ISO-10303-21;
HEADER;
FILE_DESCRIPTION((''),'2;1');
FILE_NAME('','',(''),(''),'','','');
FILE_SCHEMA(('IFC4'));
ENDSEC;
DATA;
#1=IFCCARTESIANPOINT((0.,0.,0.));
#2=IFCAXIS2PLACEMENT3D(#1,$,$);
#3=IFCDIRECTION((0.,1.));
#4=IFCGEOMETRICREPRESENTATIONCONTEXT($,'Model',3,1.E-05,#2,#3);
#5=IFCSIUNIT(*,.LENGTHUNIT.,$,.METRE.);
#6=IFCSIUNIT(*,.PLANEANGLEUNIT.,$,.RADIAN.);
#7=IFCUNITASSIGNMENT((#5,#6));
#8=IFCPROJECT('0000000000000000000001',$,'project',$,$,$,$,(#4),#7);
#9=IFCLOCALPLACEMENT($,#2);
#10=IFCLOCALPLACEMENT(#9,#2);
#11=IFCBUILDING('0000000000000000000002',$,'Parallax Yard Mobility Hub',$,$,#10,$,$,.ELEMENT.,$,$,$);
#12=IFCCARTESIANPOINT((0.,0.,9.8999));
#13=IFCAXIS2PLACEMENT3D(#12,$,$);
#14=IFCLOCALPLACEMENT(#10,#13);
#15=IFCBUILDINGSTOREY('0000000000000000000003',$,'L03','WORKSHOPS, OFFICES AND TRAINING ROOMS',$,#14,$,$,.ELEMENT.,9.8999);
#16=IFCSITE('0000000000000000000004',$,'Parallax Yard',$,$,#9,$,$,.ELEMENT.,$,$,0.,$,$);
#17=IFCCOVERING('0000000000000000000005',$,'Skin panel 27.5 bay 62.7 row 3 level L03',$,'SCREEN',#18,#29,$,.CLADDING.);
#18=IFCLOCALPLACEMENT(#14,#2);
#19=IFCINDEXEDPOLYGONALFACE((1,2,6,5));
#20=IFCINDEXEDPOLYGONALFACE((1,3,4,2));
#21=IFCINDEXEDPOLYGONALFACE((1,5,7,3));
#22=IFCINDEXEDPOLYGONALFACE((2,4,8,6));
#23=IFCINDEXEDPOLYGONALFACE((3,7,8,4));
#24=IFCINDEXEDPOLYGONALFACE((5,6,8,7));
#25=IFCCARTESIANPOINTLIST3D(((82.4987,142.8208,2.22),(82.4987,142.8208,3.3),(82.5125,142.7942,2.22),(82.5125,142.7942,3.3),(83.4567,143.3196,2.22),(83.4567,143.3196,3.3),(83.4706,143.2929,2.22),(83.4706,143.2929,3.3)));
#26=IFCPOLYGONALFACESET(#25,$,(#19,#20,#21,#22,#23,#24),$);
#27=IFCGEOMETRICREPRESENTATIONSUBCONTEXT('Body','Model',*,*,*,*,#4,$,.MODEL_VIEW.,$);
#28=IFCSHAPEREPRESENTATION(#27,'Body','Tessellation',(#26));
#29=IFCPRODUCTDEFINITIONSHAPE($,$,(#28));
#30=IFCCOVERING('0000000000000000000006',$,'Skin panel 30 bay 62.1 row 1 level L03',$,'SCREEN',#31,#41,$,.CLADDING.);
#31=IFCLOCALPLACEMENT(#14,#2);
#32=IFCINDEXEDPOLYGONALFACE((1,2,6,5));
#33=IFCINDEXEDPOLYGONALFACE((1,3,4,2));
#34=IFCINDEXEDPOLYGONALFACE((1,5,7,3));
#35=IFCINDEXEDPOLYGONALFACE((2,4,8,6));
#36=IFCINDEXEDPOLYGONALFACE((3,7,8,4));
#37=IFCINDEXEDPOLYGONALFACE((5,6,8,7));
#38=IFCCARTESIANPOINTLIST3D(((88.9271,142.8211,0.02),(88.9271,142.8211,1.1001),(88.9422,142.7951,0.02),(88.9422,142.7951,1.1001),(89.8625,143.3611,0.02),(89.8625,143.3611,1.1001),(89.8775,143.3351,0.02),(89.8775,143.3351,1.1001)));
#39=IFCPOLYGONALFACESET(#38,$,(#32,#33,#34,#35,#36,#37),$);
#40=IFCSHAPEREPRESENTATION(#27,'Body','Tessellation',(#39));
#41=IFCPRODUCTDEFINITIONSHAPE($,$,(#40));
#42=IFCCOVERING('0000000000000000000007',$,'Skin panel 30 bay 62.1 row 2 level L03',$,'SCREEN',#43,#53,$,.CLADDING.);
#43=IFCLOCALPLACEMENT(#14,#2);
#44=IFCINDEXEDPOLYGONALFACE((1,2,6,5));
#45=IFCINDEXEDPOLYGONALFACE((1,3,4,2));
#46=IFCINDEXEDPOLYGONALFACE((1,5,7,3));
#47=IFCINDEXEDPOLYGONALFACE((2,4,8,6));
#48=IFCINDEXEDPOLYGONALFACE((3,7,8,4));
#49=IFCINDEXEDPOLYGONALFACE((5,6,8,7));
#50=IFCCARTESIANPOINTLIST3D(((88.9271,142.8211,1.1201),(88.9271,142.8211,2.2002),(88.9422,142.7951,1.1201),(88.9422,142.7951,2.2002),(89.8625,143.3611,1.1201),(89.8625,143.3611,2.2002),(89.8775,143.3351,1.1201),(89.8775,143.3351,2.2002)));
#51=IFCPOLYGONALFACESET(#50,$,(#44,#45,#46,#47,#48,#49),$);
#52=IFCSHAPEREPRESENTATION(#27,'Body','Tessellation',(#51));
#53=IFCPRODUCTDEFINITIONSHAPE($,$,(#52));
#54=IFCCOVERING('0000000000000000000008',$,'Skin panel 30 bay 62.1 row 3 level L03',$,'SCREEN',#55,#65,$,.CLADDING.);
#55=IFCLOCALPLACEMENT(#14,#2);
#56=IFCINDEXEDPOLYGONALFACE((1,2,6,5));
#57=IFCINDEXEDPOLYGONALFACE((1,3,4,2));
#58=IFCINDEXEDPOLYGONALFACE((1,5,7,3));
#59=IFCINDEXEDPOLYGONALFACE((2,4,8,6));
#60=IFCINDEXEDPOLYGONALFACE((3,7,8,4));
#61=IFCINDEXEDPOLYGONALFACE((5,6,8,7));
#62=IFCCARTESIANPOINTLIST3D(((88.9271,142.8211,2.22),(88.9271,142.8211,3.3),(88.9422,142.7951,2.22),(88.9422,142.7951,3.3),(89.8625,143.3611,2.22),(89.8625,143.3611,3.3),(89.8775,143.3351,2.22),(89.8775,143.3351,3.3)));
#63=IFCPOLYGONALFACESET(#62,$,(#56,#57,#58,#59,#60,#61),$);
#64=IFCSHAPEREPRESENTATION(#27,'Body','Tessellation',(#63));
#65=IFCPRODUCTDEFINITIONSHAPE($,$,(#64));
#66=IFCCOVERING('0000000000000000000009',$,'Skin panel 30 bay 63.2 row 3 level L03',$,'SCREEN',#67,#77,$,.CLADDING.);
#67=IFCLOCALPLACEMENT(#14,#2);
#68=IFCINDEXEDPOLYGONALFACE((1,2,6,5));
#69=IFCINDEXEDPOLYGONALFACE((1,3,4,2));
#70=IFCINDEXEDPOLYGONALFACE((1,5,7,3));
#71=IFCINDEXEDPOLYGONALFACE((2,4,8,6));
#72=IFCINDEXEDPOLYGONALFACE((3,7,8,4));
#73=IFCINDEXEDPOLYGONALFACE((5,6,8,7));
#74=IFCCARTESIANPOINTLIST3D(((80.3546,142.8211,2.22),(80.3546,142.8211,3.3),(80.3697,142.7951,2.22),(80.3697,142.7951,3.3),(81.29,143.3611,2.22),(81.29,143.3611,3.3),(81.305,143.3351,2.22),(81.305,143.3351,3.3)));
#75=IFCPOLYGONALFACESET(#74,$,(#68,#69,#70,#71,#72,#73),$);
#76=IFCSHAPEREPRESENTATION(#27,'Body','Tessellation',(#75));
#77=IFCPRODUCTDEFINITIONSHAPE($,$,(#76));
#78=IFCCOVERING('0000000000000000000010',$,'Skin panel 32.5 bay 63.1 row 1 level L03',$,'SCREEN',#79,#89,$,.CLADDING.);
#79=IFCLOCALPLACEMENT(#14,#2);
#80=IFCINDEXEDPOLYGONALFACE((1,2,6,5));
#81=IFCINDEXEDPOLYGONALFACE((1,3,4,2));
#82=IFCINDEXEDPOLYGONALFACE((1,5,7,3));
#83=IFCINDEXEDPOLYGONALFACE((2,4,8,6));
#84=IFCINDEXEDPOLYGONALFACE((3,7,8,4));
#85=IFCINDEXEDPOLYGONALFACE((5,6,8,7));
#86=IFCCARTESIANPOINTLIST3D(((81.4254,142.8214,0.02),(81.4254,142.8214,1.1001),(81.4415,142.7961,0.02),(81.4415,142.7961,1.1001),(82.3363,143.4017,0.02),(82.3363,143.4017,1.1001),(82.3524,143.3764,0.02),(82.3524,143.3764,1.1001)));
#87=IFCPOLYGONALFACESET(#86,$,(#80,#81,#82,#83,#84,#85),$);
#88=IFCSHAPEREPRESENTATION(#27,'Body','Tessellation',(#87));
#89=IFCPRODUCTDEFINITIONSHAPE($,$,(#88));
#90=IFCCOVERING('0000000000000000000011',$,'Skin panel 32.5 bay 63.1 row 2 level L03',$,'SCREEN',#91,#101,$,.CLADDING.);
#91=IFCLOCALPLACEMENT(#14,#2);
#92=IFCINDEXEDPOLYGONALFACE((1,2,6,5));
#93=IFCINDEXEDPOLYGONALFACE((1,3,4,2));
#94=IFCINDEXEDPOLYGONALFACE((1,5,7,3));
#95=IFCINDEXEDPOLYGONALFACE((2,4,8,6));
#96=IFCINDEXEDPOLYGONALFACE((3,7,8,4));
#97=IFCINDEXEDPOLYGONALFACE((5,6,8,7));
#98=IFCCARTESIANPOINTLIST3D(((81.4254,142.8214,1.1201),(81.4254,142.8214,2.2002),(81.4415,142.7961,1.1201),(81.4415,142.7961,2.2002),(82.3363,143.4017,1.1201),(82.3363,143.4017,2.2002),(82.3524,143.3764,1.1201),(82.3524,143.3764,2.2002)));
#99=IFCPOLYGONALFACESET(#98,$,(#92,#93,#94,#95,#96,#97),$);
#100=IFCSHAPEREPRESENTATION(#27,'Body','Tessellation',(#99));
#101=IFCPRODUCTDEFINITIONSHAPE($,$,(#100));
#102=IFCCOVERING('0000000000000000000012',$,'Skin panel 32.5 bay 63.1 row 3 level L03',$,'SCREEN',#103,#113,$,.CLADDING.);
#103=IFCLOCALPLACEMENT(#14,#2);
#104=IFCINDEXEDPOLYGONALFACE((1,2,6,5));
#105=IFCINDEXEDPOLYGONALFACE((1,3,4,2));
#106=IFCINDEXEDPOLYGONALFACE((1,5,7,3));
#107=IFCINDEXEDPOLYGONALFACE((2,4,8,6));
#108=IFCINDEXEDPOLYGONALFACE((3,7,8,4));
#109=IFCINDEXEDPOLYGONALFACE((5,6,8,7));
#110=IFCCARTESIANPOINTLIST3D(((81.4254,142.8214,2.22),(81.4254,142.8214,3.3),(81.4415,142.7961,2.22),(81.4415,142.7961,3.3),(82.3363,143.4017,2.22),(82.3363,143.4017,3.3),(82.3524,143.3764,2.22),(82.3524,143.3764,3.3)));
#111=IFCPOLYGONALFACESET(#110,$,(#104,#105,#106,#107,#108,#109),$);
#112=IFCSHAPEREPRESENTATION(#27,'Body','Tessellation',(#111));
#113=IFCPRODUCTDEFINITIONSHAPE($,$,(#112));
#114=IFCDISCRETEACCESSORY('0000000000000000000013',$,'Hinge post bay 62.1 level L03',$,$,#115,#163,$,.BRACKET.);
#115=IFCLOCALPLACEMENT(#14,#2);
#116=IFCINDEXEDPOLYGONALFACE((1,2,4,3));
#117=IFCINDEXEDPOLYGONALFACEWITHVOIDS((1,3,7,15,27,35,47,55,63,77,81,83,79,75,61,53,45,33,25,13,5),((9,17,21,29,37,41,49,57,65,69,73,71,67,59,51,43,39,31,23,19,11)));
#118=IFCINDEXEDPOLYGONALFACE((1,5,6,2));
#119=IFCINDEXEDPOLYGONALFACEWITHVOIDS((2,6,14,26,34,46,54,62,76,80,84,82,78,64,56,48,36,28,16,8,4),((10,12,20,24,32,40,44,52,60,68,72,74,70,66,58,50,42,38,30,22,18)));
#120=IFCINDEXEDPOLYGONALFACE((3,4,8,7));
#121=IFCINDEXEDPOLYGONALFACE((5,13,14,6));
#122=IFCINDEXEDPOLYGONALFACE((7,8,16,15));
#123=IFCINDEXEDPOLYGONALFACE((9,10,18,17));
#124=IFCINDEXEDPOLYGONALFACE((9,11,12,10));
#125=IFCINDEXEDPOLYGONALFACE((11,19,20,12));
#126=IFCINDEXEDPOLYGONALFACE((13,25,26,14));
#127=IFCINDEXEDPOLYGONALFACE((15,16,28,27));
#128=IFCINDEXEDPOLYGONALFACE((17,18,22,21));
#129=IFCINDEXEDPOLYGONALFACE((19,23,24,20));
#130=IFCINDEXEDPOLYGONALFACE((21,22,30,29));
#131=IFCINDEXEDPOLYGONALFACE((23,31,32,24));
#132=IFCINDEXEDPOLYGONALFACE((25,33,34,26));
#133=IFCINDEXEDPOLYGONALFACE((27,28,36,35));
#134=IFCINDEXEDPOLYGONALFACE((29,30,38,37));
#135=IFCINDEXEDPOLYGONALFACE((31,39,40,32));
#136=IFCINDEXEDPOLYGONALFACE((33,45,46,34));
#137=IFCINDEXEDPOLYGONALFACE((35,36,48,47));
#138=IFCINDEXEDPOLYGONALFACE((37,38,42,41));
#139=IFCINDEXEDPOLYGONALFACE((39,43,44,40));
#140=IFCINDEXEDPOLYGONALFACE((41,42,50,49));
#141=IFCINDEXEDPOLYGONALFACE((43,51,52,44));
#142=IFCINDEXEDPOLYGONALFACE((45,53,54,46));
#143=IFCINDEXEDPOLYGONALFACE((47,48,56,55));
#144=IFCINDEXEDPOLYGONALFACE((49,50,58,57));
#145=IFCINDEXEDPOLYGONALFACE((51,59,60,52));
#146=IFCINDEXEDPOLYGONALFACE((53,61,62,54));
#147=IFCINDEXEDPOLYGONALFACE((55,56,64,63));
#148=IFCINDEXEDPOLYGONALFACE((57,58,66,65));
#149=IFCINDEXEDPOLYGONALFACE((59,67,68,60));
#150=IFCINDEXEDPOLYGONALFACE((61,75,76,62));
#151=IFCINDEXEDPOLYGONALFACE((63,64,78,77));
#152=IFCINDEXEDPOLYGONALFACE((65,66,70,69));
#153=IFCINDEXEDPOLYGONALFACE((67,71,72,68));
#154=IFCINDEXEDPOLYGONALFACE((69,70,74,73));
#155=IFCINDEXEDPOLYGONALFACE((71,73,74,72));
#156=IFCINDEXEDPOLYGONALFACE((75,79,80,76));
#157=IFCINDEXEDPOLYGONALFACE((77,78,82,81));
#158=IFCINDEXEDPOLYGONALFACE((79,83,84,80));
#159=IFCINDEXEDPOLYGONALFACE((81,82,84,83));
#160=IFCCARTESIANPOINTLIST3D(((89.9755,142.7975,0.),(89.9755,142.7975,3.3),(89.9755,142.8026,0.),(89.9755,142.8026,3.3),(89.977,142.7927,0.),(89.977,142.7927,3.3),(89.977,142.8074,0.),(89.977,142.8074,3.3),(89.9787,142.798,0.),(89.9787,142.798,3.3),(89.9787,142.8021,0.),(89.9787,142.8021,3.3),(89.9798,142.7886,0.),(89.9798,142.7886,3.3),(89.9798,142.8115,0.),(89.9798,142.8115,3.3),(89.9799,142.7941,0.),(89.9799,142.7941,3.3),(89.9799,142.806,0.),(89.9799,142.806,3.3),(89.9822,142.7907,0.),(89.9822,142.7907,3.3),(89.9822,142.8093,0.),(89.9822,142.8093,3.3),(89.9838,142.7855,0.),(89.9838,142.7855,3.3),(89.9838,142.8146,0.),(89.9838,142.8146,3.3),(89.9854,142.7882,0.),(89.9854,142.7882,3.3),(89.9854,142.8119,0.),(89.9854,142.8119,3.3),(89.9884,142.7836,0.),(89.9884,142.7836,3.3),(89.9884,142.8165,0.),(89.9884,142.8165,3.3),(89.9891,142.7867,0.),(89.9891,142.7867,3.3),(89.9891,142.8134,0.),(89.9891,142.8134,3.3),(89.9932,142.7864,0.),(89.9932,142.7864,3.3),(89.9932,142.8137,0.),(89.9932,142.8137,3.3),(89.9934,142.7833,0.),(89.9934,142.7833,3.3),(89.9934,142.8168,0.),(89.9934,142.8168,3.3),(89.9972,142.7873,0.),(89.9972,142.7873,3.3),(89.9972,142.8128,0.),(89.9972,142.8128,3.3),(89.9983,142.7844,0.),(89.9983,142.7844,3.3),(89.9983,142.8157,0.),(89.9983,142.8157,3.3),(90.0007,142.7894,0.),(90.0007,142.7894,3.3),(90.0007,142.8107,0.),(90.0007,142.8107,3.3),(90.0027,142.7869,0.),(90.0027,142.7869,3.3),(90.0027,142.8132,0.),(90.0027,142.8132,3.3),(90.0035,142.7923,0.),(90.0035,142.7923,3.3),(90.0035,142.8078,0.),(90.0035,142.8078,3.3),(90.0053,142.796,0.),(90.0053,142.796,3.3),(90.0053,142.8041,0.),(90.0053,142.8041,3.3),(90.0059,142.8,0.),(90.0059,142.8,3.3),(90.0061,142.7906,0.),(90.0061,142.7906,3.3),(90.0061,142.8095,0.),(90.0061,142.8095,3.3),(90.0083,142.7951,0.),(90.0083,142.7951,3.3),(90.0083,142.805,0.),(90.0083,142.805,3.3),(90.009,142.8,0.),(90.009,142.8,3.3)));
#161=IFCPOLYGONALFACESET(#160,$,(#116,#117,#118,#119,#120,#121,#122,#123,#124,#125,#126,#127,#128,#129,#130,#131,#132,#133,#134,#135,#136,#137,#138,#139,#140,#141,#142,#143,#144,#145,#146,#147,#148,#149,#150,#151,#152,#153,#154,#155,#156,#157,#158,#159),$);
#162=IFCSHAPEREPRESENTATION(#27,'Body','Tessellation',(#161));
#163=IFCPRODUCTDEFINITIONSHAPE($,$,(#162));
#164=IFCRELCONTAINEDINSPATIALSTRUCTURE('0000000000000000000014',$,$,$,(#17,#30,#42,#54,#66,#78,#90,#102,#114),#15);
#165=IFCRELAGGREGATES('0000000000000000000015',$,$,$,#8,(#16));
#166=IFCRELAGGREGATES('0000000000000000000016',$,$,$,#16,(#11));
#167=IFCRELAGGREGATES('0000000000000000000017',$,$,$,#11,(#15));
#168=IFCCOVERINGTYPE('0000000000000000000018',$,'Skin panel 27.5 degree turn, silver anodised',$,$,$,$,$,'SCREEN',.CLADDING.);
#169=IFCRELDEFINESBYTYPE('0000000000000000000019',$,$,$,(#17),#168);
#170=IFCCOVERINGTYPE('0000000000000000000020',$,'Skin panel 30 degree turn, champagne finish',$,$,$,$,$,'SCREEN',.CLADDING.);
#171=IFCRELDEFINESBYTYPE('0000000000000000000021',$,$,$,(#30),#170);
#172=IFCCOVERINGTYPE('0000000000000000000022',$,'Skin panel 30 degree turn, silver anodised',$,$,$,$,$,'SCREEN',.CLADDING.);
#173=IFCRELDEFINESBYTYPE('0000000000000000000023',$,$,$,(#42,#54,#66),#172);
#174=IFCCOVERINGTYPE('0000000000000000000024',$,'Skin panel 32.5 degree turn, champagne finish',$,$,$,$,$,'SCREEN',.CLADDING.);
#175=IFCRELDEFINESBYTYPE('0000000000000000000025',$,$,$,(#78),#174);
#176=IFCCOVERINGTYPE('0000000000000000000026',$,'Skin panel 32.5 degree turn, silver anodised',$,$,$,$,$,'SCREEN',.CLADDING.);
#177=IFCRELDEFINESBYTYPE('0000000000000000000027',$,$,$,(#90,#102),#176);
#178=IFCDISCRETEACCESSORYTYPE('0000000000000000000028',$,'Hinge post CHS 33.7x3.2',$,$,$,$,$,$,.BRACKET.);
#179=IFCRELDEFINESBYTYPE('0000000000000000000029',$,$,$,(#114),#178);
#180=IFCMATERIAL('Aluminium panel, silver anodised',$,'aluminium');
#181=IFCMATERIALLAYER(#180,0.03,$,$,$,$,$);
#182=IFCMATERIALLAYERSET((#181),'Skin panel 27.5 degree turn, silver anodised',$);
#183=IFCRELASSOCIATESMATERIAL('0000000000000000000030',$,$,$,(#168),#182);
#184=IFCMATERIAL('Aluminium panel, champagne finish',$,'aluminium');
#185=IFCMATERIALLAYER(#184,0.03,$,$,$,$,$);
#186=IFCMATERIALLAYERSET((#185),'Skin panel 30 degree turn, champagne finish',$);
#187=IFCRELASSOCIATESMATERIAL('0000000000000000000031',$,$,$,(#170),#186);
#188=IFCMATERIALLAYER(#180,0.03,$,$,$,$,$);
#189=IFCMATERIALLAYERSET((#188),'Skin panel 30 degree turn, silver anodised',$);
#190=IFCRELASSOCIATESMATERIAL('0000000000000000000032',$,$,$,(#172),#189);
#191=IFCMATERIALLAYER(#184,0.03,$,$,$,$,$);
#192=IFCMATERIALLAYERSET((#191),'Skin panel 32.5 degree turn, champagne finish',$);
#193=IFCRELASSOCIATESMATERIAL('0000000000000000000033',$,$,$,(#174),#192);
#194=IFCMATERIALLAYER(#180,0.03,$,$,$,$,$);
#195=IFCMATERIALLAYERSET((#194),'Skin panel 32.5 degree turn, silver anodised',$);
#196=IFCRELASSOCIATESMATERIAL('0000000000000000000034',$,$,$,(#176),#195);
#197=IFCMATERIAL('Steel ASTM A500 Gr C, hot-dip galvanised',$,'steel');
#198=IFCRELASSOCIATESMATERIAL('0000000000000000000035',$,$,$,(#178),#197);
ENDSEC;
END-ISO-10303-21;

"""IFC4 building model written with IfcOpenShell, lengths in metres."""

from ifc_helpers import new_model, si_unit, direction, frame, origin, origin_2d, place, context, subcontext, project, spatial, rectangle, hollow_circle, extrude, material, layer, layer_set, material_profile, profile_set, type_object, element, save


model = new_model("IFC4")

# Units and contexts
model_context = context("Model", 3, precision=1e-05, world=origin(), true_north=direction((0.0, 1.0)))
body_context = subcontext(model_context, "Body", "Model", "MODEL_VIEW")
ifc_project = project(units=[si_unit("LENGTHUNIT", "METRE"), si_unit("PLANEANGLEUNIT", "RADIAN")], contexts=[model_context])

# Site, building, storey
site_placement = place(None, origin())
site = spatial("IfcSite", under=ifc_project, at=site_placement, Name="Parallax Yard", CompositionType="ELEMENT", RefElevation=0.0)
building_placement = place(site_placement, origin())
building = spatial("IfcBuilding", under=site, at=building_placement, Name="Parallax Yard Mobility Hub", CompositionType="ELEMENT")
storey_placement = place(building_placement, frame((0.0, 0.0, 9.8999)))
storey = spatial("IfcBuildingStorey", under=building, at=storey_placement, Name="L03", Description="WORKSHOPS, OFFICES AND TRAINING ROOMS", CompositionType="ELEMENT", Elevation=9.8999)

# Coverings
ifc_material_1 = material(Name="Aluminium panel, champagne finish", Category="aluminium")
ifc_material_2 = material(Name="Aluminium panel, silver anodised", Category="aluminium")
ifc_layer_1 = layer(ifc_material_2, 0.03)
ifc_layer_set_1 = layer_set([ifc_layer_1], Name="Skin panel 27.5 degree turn, silver anodised")
covering_type_1 = type_object("IfcCoveringType", Name="Skin panel 27.5 degree turn, silver anodised", ElementType="SCREEN", PredefinedType="CLADDING", material=ifc_layer_set_1)
for number, where, z_axis, x_axis, name in (
    (1, (82.9846, 143.0569, 2.22), (0.0, 0.0, 1.0), (0.887011, 0.461749, 0.0), "Skin panel 27.5 bay 62.7 row 3 level L03"),
):
    element("IfcCovering", number, at=place(storey_placement, frame(where, z_axis=z_axis, x_axis=x_axis)), inside=storey, type_object=covering_type_1, Name=name, ObjectType="SCREEN", PredefinedType="CLADDING", context=body_context, shape_type="SweptSolid", body=[
        extrude(rectangle(XDim=1.0801, YDim=0.03, at=origin_2d()), origin(), (0.0, 0.0, 1.0), 1.0801),
    ])
ifc_layer_2 = layer(ifc_material_1, 0.03)
ifc_layer_set_2 = layer_set([ifc_layer_2], Name="Skin panel 30 degree turn, champagne finish")
covering_type_2 = type_object("IfcCoveringType", Name="Skin panel 30 degree turn, champagne finish", ElementType="SCREEN", PredefinedType="CLADDING", material=ifc_layer_set_2)
covering_1_placement = place(storey_placement, frame((89.4023, 143.0781, 0.02), z_axis=(0.0, 0.0, 1.0), x_axis=(0.866025, 0.5, 0.0)))
element("IfcCovering", 2, at=covering_1_placement, inside=storey, type_object=covering_type_2, Name="Skin panel 30 bay 62.1 row 1 level L03", ObjectType="SCREEN", PredefinedType="CLADDING", context=body_context, shape_type="SweptSolid", body=[
    extrude(rectangle(XDim=1.0801, YDim=0.03, at=origin_2d()), origin(), (0.0, 0.0, 1.0), 1.0801),
])
ifc_layer_3 = layer(ifc_material_2, 0.03)
ifc_layer_set_3 = layer_set([ifc_layer_3], Name="Skin panel 30 degree turn, silver anodised")
covering_type_3 = type_object("IfcCoveringType", Name="Skin panel 30 degree turn, silver anodised", ElementType="SCREEN", PredefinedType="CLADDING", material=ifc_layer_set_3)
for number, where, z_axis, x_axis, name in (
    (3, (89.4023, 143.0781, 1.1201), (0.0, 0.0, 1.0), (0.866025, 0.5, 0.0), "Skin panel 30 bay 62.1 row 2 level L03"),
    (4, (89.4023, 143.0781, 2.22), (0.0, 0.0, 1.0), (0.866025, 0.5, 0.0), "Skin panel 30 bay 62.1 row 3 level L03"),
    (5, (80.8298, 143.0781, 2.22), (0.0, 0.0, 1.0), (0.866025, 0.5, 0.0), "Skin panel 30 bay 63.2 row 3 level L03"),
):
    element("IfcCovering", number, at=place(storey_placement, frame(where, z_axis=z_axis, x_axis=x_axis)), inside=storey, type_object=covering_type_3, Name=name, ObjectType="SCREEN", PredefinedType="CLADDING", context=body_context, shape_type="SweptSolid", body=[
        extrude(rectangle(XDim=1.0801, YDim=0.03, at=origin_2d()), origin(), (0.0, 0.0, 1.0), 1.0801),
    ])
ifc_layer_4 = layer(ifc_material_1, 0.03)
ifc_layer_set_4 = layer_set([ifc_layer_4], Name="Skin panel 32.5 degree turn, champagne finish")
covering_type_4 = type_object("IfcCoveringType", Name="Skin panel 32.5 degree turn, champagne finish", ElementType="SCREEN", PredefinedType="CLADDING", material=ifc_layer_set_4)
covering_2_placement = place(storey_placement, frame((81.8889, 143.0989, 0.02), z_axis=(0.0, 0.0, 1.0), x_axis=(0.843391, 0.5373, 0.0)))
element("IfcCovering", 6, at=covering_2_placement, inside=storey, type_object=covering_type_4, Name="Skin panel 32.5 bay 63.1 row 1 level L03", ObjectType="SCREEN", PredefinedType="CLADDING", context=body_context, shape_type="SweptSolid", body=[
    extrude(rectangle(XDim=1.0801, YDim=0.03, at=origin_2d()), origin(), (0.0, 0.0, 1.0), 1.0801),
])
ifc_layer_5 = layer(ifc_material_2, 0.03)
ifc_layer_set_5 = layer_set([ifc_layer_5], Name="Skin panel 32.5 degree turn, silver anodised")
covering_type_5 = type_object("IfcCoveringType", Name="Skin panel 32.5 degree turn, silver anodised", ElementType="SCREEN", PredefinedType="CLADDING", material=ifc_layer_set_5)
for number, where, z_axis, x_axis, name in (
    (7, (81.8889, 143.0989, 1.1201), (0.0, 0.0, 1.0), (0.843391, 0.5373, 0.0), "Skin panel 32.5 bay 63.1 row 2 level L03"),
    (8, (81.8889, 143.0989, 2.22), (0.0, 0.0, 1.0), (0.843391, 0.5373, 0.0), "Skin panel 32.5 bay 63.1 row 3 level L03"),
):
    element("IfcCovering", number, at=place(storey_placement, frame(where, z_axis=z_axis, x_axis=x_axis)), inside=storey, type_object=covering_type_5, Name=name, ObjectType="SCREEN", PredefinedType="CLADDING", context=body_context, shape_type="SweptSolid", body=[
        extrude(rectangle(XDim=1.0801, YDim=0.03, at=origin_2d()), origin(), (0.0, 0.0, 1.0), 1.0801),
    ])

# Discrete accessory
ifc_material_3 = material(Name="Steel ASTM A500 Gr C, hot-dip galvanised", Category="steel")
ifc_material_profile = material_profile(ifc_material_3, hollow_circle(Radius=0.0168, WallThickness=0.0032, at=origin_2d()), Name="CHS 33.7x3.2")
ifc_profile_set = profile_set([ifc_material_profile], Name="Steel ASTM A500 Gr C, hot-dip galvanised")
discrete_accessory_type = type_object("IfcDiscreteAccessoryType", Name="Hinge post CHS 33.7x3.2", PredefinedType="BRACKET", material=ifc_profile_set)
for number, where, z_axis, x_axis, name in (
    (9, (89.9922, 142.8, 0.0), (0.0, 0.0, 1.0), (1.0, 0.0, 0.0), "Hinge post bay 62.1 level L03"),
):
    element("IfcDiscreteAccessory", number, at=place(storey_placement, frame(where, z_axis=z_axis, x_axis=x_axis)), inside=storey, type_object=discrete_accessory_type, Name=name, PredefinedType="BRACKET", context=body_context, shape_type="SweptSolid", body=[
        extrude(hollow_circle(Radius=0.0168, WallThickness=0.0032, at=origin_2d()), origin(), (0.0, 0.0, 1.0), 3.3),
    ])

save(model, "model.ifc")
